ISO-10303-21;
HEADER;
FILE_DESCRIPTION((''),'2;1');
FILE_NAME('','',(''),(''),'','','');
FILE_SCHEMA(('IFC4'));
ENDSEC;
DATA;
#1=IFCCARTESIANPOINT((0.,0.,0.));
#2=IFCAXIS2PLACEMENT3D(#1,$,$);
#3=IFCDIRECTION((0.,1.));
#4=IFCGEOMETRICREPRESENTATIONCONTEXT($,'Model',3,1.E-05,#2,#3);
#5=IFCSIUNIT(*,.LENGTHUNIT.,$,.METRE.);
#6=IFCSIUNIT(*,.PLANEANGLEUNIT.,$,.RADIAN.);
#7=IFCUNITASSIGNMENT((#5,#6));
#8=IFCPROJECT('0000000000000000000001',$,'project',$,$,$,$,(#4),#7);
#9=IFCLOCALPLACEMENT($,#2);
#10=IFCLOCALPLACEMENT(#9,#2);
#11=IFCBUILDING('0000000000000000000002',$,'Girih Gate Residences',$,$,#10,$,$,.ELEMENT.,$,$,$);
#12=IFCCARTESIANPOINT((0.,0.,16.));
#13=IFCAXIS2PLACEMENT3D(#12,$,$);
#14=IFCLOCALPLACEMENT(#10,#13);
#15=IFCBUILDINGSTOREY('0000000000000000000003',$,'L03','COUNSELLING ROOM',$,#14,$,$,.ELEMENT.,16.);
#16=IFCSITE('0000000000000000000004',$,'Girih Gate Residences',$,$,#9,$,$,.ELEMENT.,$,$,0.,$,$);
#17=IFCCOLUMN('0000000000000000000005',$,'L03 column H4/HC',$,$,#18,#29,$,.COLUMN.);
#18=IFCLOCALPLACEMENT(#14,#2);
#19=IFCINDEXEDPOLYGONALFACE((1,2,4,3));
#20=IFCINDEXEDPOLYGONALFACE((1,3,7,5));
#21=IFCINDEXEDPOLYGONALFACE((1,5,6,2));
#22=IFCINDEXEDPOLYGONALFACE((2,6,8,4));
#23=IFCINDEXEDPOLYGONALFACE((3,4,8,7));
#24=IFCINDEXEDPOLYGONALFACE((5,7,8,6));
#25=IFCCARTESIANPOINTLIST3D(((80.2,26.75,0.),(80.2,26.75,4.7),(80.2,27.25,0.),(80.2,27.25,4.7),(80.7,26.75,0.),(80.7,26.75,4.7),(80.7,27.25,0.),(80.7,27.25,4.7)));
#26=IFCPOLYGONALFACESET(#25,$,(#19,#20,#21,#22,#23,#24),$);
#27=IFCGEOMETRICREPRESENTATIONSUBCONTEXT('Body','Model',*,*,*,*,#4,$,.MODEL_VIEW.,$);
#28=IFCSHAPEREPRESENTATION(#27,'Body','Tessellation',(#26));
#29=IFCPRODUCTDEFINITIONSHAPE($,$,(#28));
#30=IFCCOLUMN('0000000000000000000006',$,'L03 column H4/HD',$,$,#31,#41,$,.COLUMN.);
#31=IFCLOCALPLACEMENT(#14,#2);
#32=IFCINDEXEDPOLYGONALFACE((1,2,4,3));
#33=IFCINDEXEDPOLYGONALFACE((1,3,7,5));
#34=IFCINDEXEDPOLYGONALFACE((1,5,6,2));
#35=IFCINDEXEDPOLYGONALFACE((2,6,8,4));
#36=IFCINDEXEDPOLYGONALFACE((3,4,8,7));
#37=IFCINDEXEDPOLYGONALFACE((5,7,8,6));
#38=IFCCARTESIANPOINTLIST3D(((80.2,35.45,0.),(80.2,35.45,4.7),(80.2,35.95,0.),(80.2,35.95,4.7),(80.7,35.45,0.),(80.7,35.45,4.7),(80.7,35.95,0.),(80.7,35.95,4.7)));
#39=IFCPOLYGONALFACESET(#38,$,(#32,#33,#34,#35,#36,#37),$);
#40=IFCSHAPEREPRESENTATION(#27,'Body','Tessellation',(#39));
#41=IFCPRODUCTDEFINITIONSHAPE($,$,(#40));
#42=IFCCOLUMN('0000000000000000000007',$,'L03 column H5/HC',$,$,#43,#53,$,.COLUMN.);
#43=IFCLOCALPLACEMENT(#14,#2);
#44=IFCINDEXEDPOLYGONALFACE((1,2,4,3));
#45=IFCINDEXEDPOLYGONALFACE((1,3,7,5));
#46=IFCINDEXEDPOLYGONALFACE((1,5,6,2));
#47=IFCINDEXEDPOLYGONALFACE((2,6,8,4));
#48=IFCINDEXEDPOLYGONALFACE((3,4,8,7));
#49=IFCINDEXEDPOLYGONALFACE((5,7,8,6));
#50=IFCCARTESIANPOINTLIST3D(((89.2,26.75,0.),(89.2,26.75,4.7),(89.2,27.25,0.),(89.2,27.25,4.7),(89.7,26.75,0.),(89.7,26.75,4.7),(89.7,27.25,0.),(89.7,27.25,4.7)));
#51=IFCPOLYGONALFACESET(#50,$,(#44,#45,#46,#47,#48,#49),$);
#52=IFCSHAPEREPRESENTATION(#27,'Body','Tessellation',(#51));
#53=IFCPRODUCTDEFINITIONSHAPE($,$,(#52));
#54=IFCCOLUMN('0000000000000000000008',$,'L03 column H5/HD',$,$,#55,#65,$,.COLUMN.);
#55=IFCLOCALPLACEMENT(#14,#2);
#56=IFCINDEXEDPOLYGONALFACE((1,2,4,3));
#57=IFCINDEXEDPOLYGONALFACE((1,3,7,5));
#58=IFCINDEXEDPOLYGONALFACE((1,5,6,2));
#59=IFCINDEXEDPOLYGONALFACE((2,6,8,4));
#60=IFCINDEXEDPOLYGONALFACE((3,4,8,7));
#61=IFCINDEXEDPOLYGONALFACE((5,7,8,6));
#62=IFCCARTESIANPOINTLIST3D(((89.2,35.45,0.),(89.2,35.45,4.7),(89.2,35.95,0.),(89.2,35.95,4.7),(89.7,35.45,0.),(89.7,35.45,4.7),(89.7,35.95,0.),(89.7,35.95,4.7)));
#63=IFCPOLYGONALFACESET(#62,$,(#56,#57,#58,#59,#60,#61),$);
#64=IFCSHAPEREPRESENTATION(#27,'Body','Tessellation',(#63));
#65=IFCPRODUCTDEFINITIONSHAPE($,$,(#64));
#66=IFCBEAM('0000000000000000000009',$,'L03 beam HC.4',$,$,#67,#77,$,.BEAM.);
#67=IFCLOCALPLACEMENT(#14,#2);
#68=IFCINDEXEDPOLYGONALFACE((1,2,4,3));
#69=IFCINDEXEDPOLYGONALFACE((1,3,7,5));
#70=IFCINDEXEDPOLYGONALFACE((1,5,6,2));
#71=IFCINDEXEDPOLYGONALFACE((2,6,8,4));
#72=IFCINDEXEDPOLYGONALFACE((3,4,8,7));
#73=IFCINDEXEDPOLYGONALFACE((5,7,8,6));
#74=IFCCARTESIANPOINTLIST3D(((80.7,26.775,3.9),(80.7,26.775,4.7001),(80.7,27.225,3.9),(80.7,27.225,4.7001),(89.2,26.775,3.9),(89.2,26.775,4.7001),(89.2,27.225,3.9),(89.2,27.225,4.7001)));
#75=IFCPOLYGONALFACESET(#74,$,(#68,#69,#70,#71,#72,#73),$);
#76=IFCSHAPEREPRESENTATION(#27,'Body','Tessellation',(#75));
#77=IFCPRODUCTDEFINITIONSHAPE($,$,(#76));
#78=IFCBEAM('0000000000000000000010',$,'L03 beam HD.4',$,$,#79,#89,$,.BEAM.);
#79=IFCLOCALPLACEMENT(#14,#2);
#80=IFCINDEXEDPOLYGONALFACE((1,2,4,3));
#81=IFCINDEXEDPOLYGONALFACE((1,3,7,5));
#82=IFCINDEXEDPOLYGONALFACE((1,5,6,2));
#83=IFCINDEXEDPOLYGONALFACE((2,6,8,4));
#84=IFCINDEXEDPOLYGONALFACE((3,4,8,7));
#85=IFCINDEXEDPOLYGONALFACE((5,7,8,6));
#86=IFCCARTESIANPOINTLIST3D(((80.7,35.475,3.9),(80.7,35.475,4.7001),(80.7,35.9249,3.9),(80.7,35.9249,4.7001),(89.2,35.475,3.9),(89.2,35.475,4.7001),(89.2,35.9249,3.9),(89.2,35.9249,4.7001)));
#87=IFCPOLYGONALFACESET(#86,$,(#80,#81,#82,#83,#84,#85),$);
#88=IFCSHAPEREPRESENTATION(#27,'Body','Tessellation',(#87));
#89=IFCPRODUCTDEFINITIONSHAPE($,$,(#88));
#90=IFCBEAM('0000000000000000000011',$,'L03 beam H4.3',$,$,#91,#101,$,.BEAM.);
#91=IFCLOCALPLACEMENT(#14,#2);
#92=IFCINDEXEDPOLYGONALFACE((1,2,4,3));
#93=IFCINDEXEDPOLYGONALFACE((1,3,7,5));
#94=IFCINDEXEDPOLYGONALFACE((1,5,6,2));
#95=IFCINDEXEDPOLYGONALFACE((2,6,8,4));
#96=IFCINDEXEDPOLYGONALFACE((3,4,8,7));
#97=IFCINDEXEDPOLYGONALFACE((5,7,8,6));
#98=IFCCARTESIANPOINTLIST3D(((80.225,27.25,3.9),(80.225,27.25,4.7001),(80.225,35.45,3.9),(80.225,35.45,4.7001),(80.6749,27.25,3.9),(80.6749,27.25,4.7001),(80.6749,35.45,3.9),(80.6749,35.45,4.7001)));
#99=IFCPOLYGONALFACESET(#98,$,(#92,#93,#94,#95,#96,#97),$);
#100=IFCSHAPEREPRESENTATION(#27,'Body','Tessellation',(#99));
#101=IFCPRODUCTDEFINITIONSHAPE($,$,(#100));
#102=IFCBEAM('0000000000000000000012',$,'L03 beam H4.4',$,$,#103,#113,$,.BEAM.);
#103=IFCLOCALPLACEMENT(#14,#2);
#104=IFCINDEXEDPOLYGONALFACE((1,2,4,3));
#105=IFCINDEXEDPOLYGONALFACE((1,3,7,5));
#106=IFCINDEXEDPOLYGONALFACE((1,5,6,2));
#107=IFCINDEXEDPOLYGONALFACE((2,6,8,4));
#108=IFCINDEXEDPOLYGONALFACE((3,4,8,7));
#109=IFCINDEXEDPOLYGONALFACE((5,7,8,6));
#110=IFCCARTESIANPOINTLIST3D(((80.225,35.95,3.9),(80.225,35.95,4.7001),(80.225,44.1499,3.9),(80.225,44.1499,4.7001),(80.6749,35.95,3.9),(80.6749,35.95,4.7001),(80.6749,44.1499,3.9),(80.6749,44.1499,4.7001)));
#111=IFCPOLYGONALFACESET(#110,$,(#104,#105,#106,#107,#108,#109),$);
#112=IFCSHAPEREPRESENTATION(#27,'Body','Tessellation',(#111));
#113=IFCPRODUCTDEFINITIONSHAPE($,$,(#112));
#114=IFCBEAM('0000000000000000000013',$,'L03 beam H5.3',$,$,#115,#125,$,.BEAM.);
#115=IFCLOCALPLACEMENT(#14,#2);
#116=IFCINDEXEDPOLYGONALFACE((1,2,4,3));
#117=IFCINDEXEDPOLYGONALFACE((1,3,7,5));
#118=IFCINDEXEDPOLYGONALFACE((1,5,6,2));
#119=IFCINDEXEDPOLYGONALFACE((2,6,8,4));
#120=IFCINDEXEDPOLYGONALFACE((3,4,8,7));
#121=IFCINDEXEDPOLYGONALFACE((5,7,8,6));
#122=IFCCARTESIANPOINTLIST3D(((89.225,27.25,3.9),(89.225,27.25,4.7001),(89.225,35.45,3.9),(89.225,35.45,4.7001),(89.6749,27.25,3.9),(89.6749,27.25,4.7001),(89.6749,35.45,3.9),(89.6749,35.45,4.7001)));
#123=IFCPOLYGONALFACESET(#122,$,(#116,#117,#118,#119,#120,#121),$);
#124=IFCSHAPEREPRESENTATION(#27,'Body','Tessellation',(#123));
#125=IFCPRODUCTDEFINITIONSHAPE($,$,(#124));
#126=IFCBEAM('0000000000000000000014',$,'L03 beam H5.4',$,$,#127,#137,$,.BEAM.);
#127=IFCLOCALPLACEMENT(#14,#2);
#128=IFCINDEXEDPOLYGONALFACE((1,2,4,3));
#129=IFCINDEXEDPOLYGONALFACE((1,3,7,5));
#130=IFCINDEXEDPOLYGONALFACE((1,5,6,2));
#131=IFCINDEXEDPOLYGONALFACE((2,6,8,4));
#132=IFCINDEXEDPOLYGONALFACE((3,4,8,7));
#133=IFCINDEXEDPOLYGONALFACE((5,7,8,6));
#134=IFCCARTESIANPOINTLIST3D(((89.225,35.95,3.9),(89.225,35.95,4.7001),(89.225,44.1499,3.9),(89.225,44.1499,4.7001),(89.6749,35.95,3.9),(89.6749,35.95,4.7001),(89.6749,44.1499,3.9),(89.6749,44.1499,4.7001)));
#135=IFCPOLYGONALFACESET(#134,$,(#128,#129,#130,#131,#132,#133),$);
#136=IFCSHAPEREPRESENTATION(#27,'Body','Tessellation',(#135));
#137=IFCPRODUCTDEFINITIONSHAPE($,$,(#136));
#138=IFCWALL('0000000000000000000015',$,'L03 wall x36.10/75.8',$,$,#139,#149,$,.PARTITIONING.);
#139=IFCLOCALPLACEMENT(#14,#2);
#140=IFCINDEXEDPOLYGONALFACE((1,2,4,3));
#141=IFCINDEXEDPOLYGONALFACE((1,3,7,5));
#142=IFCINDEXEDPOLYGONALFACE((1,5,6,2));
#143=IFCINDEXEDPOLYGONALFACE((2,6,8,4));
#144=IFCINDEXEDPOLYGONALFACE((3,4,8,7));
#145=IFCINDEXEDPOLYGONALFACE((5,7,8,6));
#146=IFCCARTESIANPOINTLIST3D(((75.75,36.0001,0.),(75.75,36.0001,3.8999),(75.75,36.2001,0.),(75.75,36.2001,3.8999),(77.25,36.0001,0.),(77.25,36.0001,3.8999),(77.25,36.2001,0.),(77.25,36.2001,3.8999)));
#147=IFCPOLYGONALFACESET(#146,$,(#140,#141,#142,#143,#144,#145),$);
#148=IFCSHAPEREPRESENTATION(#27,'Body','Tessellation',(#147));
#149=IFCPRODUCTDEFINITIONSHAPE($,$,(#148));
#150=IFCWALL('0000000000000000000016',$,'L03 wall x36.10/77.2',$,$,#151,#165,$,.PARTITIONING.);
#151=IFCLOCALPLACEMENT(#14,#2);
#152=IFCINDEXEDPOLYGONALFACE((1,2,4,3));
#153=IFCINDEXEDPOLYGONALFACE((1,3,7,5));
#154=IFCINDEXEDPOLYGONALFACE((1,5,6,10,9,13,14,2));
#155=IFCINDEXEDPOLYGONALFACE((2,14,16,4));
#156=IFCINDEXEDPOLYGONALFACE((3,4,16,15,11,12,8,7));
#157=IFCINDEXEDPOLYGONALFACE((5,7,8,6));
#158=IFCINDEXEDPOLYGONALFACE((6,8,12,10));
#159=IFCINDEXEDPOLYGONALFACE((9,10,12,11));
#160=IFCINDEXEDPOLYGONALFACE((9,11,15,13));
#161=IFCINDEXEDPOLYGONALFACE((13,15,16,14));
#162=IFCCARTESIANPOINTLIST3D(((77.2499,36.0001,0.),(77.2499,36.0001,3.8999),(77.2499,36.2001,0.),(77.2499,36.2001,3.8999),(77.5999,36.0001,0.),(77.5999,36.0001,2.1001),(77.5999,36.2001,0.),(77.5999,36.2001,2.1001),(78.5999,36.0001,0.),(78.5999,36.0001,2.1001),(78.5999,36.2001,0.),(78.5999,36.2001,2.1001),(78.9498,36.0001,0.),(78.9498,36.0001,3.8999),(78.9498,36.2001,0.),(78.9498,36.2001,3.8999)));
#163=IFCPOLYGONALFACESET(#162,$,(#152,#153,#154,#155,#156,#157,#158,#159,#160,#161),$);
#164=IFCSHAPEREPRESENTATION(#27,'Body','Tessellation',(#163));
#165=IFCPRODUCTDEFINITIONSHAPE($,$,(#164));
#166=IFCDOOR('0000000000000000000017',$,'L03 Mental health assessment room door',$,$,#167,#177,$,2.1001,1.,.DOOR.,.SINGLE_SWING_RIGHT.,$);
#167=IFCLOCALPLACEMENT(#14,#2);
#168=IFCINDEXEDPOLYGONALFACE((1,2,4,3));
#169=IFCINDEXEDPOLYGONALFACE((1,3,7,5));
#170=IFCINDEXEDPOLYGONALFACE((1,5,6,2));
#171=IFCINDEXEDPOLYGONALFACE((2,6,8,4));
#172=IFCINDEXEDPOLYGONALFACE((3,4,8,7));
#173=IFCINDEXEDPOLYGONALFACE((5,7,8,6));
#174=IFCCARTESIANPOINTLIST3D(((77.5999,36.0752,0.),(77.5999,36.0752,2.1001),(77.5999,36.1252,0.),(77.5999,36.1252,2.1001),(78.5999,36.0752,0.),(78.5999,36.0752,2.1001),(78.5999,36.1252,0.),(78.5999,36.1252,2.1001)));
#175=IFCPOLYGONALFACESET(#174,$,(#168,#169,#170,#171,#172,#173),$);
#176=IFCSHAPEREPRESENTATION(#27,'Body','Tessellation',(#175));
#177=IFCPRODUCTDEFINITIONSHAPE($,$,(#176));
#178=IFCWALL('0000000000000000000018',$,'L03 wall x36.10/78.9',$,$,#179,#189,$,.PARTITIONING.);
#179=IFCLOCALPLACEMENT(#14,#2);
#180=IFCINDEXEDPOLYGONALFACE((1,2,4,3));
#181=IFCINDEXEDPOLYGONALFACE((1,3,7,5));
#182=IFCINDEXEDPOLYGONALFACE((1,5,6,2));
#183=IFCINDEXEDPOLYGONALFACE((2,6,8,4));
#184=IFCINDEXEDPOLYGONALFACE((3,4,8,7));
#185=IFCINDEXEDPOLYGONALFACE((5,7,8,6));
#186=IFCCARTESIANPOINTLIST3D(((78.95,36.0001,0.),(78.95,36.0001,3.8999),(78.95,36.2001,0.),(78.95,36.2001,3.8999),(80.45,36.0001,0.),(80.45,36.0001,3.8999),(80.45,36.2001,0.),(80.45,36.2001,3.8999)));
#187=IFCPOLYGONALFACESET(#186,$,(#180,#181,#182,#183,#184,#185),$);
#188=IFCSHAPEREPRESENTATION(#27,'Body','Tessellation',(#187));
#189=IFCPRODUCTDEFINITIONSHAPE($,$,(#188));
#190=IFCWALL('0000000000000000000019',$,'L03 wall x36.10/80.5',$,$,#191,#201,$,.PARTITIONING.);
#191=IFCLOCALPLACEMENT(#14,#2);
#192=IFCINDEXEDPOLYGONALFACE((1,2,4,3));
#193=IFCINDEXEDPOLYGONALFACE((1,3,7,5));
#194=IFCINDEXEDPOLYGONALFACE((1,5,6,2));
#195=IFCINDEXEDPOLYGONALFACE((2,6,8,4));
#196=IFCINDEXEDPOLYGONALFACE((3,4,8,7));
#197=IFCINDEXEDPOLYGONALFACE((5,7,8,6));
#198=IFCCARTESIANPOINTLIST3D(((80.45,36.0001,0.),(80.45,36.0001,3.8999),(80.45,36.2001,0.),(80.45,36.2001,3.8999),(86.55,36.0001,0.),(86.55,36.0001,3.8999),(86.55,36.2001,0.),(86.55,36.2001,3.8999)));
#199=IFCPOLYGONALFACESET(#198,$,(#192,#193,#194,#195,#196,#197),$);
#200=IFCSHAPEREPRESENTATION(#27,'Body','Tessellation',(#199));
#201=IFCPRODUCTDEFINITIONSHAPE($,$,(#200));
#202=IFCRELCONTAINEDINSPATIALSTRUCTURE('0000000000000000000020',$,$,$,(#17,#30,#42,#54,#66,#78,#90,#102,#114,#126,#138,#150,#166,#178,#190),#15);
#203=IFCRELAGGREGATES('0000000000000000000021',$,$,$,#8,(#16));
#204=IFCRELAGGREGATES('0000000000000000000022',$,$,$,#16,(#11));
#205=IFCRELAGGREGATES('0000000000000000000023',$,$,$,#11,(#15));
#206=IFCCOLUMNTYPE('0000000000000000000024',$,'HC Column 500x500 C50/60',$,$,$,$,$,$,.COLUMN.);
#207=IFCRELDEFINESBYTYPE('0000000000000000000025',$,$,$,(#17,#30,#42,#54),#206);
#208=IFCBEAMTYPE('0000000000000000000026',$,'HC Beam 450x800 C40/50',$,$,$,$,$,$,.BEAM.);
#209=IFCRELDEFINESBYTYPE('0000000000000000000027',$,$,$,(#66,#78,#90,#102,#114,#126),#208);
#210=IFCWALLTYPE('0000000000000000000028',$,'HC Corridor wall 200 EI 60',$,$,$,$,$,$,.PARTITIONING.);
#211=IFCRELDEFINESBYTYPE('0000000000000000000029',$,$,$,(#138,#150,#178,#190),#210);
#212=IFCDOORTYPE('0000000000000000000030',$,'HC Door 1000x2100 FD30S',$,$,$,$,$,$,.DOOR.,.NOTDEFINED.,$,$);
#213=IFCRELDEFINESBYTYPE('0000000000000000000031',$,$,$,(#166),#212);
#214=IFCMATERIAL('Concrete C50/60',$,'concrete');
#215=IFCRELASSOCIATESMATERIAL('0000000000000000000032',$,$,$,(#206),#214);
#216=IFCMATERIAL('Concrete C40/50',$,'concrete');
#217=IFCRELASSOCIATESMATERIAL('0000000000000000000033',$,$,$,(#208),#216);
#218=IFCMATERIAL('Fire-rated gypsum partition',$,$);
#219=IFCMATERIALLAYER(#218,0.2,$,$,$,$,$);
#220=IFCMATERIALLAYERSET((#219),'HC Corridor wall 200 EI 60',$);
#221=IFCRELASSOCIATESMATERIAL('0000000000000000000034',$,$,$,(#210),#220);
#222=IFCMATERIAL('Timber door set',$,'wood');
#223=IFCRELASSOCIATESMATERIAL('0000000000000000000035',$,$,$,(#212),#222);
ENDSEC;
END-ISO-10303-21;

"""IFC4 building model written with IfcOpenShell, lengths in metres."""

from ifc_helpers import new_model, si_unit, direction, frame, frame_2d, origin, origin_2d, place, context, subcontext, project, spatial, rectangle, extrude, material, layer, layer_set, material_profile, profile_set, type_object, element, fill, save


model = new_model("IFC4")

# Units and contexts
model_context = context("Model", 3, precision=1e-05, world=origin(), true_north=direction((0.0, 1.0)))
body_context = subcontext(model_context, "Body", "Model", "MODEL_VIEW")
ifc_project = project(units=[si_unit("LENGTHUNIT", "METRE"), si_unit("PLANEANGLEUNIT", "RADIAN")], contexts=[model_context])

# Site, building, storey
site_placement = place(None, origin())
site = spatial("IfcSite", under=ifc_project, at=site_placement, Name="Girih Gate Residences", CompositionType="ELEMENT", RefElevation=0.0)
building_placement = place(site_placement, origin())
building = spatial("IfcBuilding", under=site, at=building_placement, Name="Girih Gate Residences", CompositionType="ELEMENT")
storey_placement = place(building_placement, frame((0.0, 0.0, 16.0)))
storey = spatial("IfcBuildingStorey", under=building, at=storey_placement, Name="L03", Description="COUNSELLING ROOM", CompositionType="ELEMENT", Elevation=16.0)

# Columns
ifc_material_1 = material(Name="Concrete C50/60", Category="concrete")
ifc_material_profile_1 = material_profile(ifc_material_1, rectangle(XDim=0.5, YDim=0.5, at=origin_2d()))
ifc_profile_set_1 = profile_set([ifc_material_profile_1], Name="Concrete C50/60")
column_type = type_object("IfcColumnType", Name="HC Column 500x500 C50/60", PredefinedType="COLUMN", material=ifc_profile_set_1)
for number, where, z_axis, x_axis, name in (
    (1, (80.45, 27.0, 0.0), (0.0, 0.0, 1.0), (1.0, 0.0, 0.0), "L03 column H4/HC"),
    (2, (80.45, 35.7, 0.0), (0.0, 0.0, 1.0), (1.0, 0.0, 0.0), "L03 column H4/HD"),
    (3, (89.45, 27.0, 0.0), (0.0, 0.0, 1.0), (1.0, 0.0, 0.0), "L03 column H5/HC"),
    (4, (89.45, 35.7, 0.0), (0.0, 0.0, 1.0), (1.0, 0.0, 0.0), "L03 column H5/HD"),
):
    element("IfcColumn", number, at=place(storey_placement, frame(where, z_axis=z_axis, x_axis=x_axis)), inside=storey, type_object=column_type, Name=name, PredefinedType="COLUMN", context=body_context, shape_type="SweptSolid", body=[
        extrude(rectangle(XDim=0.5, YDim=0.5, at=origin_2d()), origin(), (0.0, 0.0, 1.0), 4.7),
    ])

# Beams
ifc_material_2 = material(Name="Concrete C40/50", Category="concrete")
ifc_material_profile_2 = material_profile(ifc_material_2, rectangle(XDim=0.45, YDim=0.8, at=origin_2d()))
ifc_profile_set_2 = profile_set([ifc_material_profile_2], Name="Concrete C40/50")
beam_type = type_object("IfcBeamType", Name="HC Beam 450x800 C40/50", PredefinedType="BEAM", material=ifc_profile_set_2)
for number, where, z_axis, x_axis, name in (
    (5, (80.7, 27.0, 4.3), (1.0, 0.0, 0.0), (0.0, 1.0, 0.0), "L03 beam HC.4"),
    (6, (80.7, 35.7, 4.3), (1.0, 0.0, 0.0), (0.0, 1.0, 0.0), "L03 beam HD.4"),
):
    element("IfcBeam", number, at=place(storey_placement, frame(where, z_axis=z_axis, x_axis=x_axis)), inside=storey, type_object=beam_type, Name=name, PredefinedType="BEAM", context=body_context, shape_type="SweptSolid", body=[
        extrude(rectangle(XDim=0.45, YDim=0.8, at=origin_2d()), origin(), (0.0, 0.0, 1.0), 8.5),
    ])
for number, where, z_axis, x_axis, name in (
    (7, (80.45, 27.25, 4.3), (0.0, 1.0, 0.0), (-1.0, 0.0, 0.0), "L03 beam H4.3"),
    (8, (80.45, 35.95, 4.3), (0.0, 1.0, 0.0), (-1.0, 0.0, 0.0), "L03 beam H4.4"),
    (9, (89.45, 27.25, 4.3), (0.0, 1.0, 0.0), (-1.0, 0.0, 0.0), "L03 beam H5.3"),
    (10, (89.45, 35.95, 4.3), (0.0, 1.0, 0.0), (-1.0, 0.0, 0.0), "L03 beam H5.4"),
):
    element("IfcBeam", number, at=place(storey_placement, frame(where, z_axis=z_axis, x_axis=x_axis)), inside=storey, type_object=beam_type, Name=name, PredefinedType="BEAM", context=body_context, shape_type="SweptSolid", body=[
        extrude(rectangle(XDim=0.45, YDim=0.8, at=origin_2d()), origin(), (0.0, 0.0, 1.0), 8.2),
    ])

# Wall
ifc_material_3 = material(Name="Fire-rated gypsum partition")
ifc_layer_1 = layer(ifc_material_3, 0.2)
ifc_layer_set_1 = layer_set([ifc_layer_1], Name="HC Corridor wall 200 EI 60")
wall_type_1 = type_object("IfcWallType", Name="HC Corridor wall 200 EI 60", PredefinedType="PARTITIONING", material=ifc_layer_set_1)
wall_1_placement = place(storey_placement, frame((75.75, 36.1001, 0.0), z_axis=(0.0, 0.0, 1.0), x_axis=(1.0, 0.0, 0.0)))
element("IfcWall", 11, at=wall_1_placement, inside=storey, type_object=wall_type_1, Name="L03 wall x36.10/75.8", PredefinedType="PARTITIONING", context=body_context, shape_type="SweptSolid", body=[
    extrude(rectangle(XDim=1.5, YDim=0.2, at=frame_2d((0.75, 0.0))), origin(), (0.0, 0.0, 1.0), 3.8999),
])

# Wall, opening, door
wall_2_placement = place(storey_placement, frame((78.95, 36.1001, 0.0), z_axis=(0.0, 0.0, 1.0), x_axis=(-1.0, 0.0, 0.0)))
wall_2 = element("IfcWall", 12, at=wall_2_placement, inside=storey, type_object=wall_type_1, Name="L03 wall x36.10/77.2", PredefinedType="PARTITIONING", context=body_context, shape_type="SweptSolid", body=[
    extrude(rectangle(XDim=1.7, YDim=0.2, at=frame_2d((0.8501, 0.0))), origin(), (0.0, 0.0, 1.0), 3.8999),
])
opening_1_placement = place(wall_2_placement, frame((0.3501, 0.0, 0.0)))
opening_1 = element("IfcOpeningElement", 13, at=opening_1_placement, cuts=wall_2, PredefinedType="OPENING", context=body_context, shape_type="SweptSolid", body=[
    extrude(rectangle(XDim=1.0, YDim=2.1001, at=frame_2d((0.5, 1.05))), frame((0.0, 0.1099, 0.0), z_axis=(0.0, -1.0, 0.0), x_axis=(1.0, 0.0, 0.0)), (0.0, 0.0, 1.0), 0.22),
])
ifc_material_4 = material(Name="Timber door set", Category="wood")
door_type = type_object("IfcDoorType", Name="HC Door 1000x2100 FD30S", OperationType="NOTDEFINED", PredefinedType="DOOR", material=ifc_material_4)
door_1_placement = place(opening_1_placement, origin())
door_1 = element("IfcDoor", 14, at=door_1_placement, inside=storey, type_object=door_type, Name="L03 Mental health assessment room door", OperationType="SINGLE_SWING_RIGHT", OverallHeight=2.1001, OverallWidth=1.0, PredefinedType="DOOR", context=body_context, shape_type="SweptSolid", body=[
    extrude(rectangle(XDim=1.0, YDim=2.1001, at=frame_2d((0.5, 1.05))), frame((0.0, 0.0249, 0.0), z_axis=(0.0, -1.0, 0.0), x_axis=(1.0, 0.0, 0.0)), (0.0, 0.0, 1.0), 0.05),
])
fill(opening_1, door_1)

# Walls
wall_3_placement = place(storey_placement, frame((78.95, 36.1001, 0.0), z_axis=(0.0, 0.0, 1.0), x_axis=(1.0, 0.0, 0.0)))
element("IfcWall", 15, at=wall_3_placement, inside=storey, type_object=wall_type_1, Name="L03 wall x36.10/78.9", PredefinedType="PARTITIONING", context=body_context, shape_type="SweptSolid", body=[
    extrude(rectangle(XDim=1.5, YDim=0.2, at=frame_2d((0.75, 0.0))), origin(), (0.0, 0.0, 1.0), 3.8999),
])
wall_4_placement = place(storey_placement, frame((80.45, 36.1001, 0.0), z_axis=(0.0, 0.0, 1.0), x_axis=(1.0, 0.0, 0.0)))
element("IfcWall", 16, at=wall_4_placement, inside=storey, type_object=wall_type_1, Name="L03 wall x36.10/80.5", PredefinedType="PARTITIONING", context=body_context, shape_type="SweptSolid", body=[
    extrude(rectangle(XDim=6.1001, YDim=0.2, at=frame_2d((3.05, 0.0))), origin(), (0.0, 0.0, 1.0), 3.8999),
])

save(model, "model.ifc")
